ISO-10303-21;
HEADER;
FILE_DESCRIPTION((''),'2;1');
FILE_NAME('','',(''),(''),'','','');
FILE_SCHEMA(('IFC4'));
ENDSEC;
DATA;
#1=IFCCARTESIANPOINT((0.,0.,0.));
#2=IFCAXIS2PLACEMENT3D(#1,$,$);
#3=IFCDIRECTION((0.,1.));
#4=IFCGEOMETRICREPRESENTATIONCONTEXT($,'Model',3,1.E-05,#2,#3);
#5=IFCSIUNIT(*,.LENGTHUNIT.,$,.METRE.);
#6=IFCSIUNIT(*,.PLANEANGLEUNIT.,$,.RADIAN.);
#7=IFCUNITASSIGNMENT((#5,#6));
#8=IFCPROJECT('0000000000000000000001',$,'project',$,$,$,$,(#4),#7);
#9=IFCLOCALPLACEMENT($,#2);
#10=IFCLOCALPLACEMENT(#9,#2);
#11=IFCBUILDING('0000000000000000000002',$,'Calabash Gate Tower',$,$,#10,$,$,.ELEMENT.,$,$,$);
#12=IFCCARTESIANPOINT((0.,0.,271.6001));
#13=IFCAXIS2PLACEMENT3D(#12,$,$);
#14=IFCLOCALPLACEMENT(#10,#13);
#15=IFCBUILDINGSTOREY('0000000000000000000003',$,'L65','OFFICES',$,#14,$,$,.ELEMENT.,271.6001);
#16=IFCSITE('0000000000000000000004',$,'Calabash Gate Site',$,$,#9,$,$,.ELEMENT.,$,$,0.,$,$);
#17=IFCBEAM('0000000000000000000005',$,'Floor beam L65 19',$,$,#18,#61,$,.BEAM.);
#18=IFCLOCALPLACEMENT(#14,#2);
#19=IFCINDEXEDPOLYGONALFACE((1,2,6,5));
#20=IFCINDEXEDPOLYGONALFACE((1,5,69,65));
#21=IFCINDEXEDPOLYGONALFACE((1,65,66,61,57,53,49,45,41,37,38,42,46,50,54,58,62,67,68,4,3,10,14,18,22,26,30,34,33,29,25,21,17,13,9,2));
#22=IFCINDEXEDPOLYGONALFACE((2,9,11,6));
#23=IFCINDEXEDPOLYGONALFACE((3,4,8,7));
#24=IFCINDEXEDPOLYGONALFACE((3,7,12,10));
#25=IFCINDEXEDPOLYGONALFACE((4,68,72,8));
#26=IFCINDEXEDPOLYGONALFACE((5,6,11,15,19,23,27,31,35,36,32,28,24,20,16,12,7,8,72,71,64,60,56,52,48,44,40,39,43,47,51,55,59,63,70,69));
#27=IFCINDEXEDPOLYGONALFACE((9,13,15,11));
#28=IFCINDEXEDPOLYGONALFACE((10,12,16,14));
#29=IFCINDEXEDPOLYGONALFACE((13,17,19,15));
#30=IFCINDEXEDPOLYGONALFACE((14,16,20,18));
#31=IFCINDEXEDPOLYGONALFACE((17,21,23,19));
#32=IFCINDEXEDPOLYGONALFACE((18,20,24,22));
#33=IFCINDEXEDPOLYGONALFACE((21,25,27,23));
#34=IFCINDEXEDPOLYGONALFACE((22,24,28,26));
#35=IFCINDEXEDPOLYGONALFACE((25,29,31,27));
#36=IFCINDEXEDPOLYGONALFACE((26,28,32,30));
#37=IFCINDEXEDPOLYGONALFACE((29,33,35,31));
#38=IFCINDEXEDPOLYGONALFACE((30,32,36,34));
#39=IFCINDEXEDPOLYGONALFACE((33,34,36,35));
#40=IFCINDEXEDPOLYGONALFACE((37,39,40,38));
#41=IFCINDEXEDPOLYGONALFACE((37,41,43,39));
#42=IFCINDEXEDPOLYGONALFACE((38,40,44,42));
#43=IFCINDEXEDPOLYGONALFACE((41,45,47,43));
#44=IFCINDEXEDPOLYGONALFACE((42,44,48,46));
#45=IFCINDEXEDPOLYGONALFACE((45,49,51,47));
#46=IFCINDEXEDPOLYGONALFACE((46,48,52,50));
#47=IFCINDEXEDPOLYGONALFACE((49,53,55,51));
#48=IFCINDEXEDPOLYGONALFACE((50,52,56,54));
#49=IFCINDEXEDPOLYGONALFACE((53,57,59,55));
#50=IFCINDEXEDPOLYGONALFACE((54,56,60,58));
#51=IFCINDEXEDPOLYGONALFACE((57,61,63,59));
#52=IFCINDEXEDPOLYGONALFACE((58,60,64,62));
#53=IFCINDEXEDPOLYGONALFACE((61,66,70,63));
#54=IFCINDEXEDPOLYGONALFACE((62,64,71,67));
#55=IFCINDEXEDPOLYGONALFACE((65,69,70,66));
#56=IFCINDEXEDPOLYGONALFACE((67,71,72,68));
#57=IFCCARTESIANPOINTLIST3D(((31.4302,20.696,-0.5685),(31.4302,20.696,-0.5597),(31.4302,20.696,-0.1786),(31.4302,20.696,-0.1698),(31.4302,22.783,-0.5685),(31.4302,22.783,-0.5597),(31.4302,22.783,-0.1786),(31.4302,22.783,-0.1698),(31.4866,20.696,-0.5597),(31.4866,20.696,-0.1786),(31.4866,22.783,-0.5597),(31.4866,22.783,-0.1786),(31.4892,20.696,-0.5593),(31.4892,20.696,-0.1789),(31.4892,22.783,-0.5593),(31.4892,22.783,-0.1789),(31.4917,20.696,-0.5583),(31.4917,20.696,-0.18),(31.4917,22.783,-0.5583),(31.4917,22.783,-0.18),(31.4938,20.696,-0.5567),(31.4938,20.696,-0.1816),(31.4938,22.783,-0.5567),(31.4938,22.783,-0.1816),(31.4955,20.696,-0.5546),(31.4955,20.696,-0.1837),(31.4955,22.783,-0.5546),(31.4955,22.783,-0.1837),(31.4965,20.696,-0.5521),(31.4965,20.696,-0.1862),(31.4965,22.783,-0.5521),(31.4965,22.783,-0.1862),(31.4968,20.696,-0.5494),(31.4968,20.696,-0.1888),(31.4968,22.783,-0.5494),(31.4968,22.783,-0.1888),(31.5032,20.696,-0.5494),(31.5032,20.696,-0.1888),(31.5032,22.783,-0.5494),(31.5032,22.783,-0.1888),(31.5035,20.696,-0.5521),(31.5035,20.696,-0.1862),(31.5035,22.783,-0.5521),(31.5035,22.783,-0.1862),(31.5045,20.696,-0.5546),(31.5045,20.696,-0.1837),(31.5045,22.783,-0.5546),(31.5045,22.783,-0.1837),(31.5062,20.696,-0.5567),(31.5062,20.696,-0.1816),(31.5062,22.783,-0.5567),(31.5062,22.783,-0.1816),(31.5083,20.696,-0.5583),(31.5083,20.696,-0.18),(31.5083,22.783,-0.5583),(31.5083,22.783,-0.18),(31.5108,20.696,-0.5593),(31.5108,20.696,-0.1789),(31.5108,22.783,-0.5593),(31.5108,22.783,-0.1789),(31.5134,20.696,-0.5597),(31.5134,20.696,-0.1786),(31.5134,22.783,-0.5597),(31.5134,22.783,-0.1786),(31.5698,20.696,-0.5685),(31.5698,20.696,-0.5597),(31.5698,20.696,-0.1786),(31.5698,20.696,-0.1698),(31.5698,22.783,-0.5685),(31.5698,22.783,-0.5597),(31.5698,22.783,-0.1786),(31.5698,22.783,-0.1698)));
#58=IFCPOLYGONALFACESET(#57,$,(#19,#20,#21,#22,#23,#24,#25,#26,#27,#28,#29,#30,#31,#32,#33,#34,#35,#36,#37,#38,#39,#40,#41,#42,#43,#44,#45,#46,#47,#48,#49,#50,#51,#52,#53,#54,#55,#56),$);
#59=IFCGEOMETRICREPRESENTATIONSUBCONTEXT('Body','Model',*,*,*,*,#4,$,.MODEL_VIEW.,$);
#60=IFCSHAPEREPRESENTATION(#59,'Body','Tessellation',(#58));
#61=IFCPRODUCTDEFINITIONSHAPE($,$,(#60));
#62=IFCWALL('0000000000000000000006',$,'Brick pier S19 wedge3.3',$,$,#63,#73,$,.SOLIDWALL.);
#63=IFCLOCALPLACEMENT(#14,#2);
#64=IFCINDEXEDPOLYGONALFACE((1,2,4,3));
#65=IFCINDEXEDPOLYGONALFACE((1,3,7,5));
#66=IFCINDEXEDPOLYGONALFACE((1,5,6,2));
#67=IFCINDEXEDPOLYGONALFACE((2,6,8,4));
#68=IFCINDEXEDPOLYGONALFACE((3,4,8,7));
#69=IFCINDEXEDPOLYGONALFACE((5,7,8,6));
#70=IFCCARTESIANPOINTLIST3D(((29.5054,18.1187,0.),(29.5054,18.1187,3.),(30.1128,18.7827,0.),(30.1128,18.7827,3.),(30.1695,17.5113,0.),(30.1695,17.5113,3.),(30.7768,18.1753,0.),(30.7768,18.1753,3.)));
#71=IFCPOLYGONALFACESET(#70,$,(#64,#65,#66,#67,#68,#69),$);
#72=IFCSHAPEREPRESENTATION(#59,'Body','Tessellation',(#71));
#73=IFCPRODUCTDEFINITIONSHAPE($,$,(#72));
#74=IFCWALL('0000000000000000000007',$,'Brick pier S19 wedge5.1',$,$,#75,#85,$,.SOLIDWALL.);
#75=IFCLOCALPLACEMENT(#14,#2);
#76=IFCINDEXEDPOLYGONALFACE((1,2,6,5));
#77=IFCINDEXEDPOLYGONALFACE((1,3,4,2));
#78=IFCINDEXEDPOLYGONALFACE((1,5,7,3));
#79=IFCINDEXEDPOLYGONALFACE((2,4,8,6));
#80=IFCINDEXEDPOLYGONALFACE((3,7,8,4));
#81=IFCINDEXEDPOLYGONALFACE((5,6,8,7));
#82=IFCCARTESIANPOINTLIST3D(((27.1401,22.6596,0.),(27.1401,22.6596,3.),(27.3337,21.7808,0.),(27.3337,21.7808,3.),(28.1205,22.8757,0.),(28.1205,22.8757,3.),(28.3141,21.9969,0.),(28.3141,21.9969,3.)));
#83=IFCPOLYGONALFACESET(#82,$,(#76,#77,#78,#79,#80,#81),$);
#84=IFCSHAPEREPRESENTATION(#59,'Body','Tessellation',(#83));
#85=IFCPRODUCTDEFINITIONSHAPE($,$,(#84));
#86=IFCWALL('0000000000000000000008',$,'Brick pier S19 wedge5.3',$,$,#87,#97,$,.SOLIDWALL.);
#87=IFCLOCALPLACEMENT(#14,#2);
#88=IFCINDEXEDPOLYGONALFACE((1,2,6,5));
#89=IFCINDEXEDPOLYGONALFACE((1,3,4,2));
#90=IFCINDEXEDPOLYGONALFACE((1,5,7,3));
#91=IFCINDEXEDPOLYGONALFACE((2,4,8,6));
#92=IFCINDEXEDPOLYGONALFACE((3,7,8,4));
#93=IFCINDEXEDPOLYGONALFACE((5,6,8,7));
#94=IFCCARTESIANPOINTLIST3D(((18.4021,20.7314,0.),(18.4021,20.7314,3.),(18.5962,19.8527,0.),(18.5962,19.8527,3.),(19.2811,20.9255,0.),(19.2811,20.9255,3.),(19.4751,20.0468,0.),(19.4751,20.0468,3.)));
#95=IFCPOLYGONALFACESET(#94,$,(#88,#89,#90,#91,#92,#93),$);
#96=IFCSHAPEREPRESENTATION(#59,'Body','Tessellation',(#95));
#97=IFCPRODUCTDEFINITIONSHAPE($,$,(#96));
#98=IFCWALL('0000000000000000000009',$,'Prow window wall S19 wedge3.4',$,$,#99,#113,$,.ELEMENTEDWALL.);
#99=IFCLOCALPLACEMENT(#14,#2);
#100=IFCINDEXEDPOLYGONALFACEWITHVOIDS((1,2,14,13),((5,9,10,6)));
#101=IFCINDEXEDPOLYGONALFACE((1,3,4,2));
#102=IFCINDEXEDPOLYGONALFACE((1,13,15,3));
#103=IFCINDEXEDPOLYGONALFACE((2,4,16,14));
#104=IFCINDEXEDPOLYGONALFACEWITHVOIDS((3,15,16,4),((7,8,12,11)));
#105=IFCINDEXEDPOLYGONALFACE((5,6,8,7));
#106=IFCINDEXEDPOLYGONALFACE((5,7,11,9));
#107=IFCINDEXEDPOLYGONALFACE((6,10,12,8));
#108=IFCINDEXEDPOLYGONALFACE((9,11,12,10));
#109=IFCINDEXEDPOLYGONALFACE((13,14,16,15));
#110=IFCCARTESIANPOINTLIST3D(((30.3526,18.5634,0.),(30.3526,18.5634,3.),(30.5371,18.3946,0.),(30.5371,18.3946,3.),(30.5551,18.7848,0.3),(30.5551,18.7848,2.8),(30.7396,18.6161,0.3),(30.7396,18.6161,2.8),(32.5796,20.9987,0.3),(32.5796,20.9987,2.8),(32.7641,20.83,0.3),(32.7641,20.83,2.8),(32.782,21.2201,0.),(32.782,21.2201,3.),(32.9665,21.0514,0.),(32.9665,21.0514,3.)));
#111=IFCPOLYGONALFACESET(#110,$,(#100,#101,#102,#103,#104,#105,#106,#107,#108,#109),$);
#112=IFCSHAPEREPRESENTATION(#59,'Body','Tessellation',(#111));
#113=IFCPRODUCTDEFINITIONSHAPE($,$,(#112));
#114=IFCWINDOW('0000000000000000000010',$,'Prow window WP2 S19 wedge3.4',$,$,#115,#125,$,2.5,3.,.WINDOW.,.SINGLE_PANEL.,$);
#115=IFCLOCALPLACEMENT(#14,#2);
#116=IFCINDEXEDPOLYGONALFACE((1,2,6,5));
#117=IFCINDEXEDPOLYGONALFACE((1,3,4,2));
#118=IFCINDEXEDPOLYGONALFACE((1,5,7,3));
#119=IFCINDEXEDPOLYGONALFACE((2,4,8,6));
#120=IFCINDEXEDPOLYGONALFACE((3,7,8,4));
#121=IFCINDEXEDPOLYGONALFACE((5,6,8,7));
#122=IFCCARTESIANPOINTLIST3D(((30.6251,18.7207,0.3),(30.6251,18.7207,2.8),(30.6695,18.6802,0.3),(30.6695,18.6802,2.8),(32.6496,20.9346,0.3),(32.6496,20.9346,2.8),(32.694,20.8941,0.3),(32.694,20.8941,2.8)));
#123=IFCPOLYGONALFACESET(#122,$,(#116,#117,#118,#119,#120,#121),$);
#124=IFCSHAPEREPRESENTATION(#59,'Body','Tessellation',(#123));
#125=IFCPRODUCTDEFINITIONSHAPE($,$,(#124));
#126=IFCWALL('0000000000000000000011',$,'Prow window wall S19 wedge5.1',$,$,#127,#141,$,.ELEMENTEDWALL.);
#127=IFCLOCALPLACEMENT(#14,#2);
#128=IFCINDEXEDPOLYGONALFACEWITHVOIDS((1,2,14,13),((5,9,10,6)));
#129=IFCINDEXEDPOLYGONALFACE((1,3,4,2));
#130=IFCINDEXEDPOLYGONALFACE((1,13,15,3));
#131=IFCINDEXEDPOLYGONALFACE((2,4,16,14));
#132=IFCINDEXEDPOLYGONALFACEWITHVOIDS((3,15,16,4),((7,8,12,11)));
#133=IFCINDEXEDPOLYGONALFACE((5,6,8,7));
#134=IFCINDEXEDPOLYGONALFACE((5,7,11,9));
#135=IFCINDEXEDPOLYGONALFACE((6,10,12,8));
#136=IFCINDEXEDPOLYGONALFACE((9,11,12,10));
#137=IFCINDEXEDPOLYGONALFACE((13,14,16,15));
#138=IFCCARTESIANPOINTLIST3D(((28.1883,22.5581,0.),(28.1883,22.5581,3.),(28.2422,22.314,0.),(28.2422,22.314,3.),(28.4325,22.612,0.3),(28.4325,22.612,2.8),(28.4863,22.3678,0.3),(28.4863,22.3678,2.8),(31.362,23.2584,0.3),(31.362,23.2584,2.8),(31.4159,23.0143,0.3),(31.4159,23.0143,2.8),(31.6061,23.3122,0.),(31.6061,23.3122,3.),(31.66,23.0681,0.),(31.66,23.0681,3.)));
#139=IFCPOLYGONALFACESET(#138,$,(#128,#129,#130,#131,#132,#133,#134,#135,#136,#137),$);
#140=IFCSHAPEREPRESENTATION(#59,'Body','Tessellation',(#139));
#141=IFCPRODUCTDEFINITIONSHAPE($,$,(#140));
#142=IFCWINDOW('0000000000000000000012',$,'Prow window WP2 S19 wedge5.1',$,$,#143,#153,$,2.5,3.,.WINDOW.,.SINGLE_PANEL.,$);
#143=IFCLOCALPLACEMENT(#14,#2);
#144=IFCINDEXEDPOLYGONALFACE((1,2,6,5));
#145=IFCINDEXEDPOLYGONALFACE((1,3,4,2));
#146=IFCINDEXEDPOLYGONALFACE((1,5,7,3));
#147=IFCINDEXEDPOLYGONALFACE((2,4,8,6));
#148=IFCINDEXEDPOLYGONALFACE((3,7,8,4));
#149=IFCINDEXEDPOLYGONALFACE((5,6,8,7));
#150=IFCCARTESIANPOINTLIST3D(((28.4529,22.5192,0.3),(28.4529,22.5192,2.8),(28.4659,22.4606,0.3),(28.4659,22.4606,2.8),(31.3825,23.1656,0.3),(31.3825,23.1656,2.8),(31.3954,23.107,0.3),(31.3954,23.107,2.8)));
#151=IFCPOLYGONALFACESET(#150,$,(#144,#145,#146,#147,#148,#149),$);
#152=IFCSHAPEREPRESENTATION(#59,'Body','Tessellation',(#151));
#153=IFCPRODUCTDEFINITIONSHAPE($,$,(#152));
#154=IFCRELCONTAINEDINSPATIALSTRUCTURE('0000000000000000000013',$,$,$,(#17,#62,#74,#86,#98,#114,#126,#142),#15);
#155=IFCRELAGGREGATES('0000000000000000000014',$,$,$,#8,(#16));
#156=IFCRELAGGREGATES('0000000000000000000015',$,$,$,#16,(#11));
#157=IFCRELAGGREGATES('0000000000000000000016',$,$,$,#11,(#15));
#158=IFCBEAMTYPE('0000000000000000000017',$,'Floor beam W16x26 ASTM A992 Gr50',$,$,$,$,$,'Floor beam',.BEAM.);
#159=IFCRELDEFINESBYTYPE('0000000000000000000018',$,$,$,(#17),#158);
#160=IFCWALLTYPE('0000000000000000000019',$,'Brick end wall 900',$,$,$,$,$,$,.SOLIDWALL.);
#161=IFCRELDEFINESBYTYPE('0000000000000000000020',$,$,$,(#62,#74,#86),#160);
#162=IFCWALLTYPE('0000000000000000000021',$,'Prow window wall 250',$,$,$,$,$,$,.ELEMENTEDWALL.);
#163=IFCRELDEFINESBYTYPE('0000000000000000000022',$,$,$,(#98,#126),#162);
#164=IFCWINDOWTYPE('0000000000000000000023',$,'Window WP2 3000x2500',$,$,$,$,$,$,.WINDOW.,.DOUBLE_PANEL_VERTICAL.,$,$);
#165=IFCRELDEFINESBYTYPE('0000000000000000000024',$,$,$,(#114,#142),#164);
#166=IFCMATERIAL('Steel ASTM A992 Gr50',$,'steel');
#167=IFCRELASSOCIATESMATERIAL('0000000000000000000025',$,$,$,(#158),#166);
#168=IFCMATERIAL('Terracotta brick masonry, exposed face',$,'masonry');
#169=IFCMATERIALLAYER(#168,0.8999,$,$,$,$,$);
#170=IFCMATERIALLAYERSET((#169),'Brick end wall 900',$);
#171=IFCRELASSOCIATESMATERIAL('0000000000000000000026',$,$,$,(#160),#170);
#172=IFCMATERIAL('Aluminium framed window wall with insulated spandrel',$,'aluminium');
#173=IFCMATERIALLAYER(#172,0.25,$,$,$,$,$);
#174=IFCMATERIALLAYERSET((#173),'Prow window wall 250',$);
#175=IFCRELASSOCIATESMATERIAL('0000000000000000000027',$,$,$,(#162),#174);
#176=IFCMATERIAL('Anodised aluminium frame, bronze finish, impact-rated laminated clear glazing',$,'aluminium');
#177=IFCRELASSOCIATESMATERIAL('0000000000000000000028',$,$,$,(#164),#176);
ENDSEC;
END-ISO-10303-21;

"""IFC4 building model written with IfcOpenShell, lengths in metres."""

from ifc_helpers import new_model, si_unit, direction, frame, frame_2d, origin, origin_2d, place, context, subcontext, project, spatial, rectangle, i_section, extrude, material, layer, layer_set, material_profile, profile_set, type_object, element, fill, save


model = new_model("IFC4")

# Units and contexts
model_context = context("Model", 3, precision=1e-05, world=origin(), true_north=direction((0.0, 1.0)))
body_context = subcontext(model_context, "Body", "Model", "MODEL_VIEW")
ifc_project = project(units=[si_unit("LENGTHUNIT", "METRE"), si_unit("PLANEANGLEUNIT", "RADIAN")], contexts=[model_context])

# Site, building, storey
site_placement = place(None, origin())
site = spatial("IfcSite", under=ifc_project, at=site_placement, Name="Calabash Gate Site", CompositionType="ELEMENT", RefElevation=0.0)
building_placement = place(site_placement, origin())
building = spatial("IfcBuilding", under=site, at=building_placement, Name="Calabash Gate Tower", CompositionType="ELEMENT")
storey_placement = place(building_placement, frame((0.0, 0.0, 271.6001)))
storey = spatial("IfcBuildingStorey", under=building, at=storey_placement, Name="L65", Description="OFFICES", CompositionType="ELEMENT", Elevation=271.6001)

# Beam
ifc_material_1 = material(Name="Steel ASTM A992 Gr50", Category="steel")
ifc_material_profile_1 = material_profile(ifc_material_1, i_section(OverallWidth=0.1396, OverallDepth=0.3987, WebThickness=0.0063, FlangeThickness=0.0088, FilletRadius=0.0103, at=origin_2d()))
ifc_profile_set_1 = profile_set([ifc_material_profile_1], Name="Steel ASTM A992 Gr50")
beam_type_1 = type_object("IfcBeamType", Name="Floor beam W16x26 ASTM A992 Gr50", ElementType="Floor beam", PredefinedType="BEAM", material=ifc_profile_set_1)
beam_1_placement = place(storey_placement, frame((31.5, 20.696, -0.3691), z_axis=(0.0, 1.0, 0.0), x_axis=(-1.0, 0.0, 0.0)))
element("IfcBeam", 1, at=beam_1_placement, inside=storey, type_object=beam_type_1, Name="Floor beam L65 19", PredefinedType="BEAM", context=body_context, shape_type="SweptSolid", body=[
    extrude(i_section(OverallWidth=0.1396, OverallDepth=0.3987, WebThickness=0.0063, FlangeThickness=0.0088, FilletRadius=0.0103, at=origin_2d()), origin(), (0.0, 0.0, 1.0), 2.0869),
])

# Walls
ifc_material_2 = material(Name="Terracotta brick masonry, exposed face", Category="masonry")
ifc_layer_1 = layer(ifc_material_2, 0.8999)
ifc_layer_set_1 = layer_set([ifc_layer_1], Name="Brick end wall 900")
wall_type_1 = type_object("IfcWallType", Name="Brick end wall 900", PredefinedType="SOLIDWALL", material=ifc_layer_set_1)
wall_1_placement = place(storey_placement, frame((30.4448, 18.479, 0.0), z_axis=(0.0, 0.0, 1.0), x_axis=(-0.674938, -0.737874, 0.0)))
element("IfcWall", 2, at=wall_1_placement, inside=storey, type_object=wall_type_1, Name="Brick pier S19 wedge3.3", PredefinedType="SOLIDWALL", context=body_context, shape_type="SweptSolid", body=[
    extrude(rectangle(XDim=0.8999, YDim=0.8999, at=frame_2d((0.45, 0.0))), origin(), (0.0, 0.0, 1.0), 3.0),
])
wall_2_placement = place(storey_placement, frame((28.2173, 22.4363, 0.0), z_axis=(0.0, 0.0, 1.0), x_axis=(-0.976569, -0.215205, 0.0)))
element("IfcWall", 3, at=wall_2_placement, inside=storey, type_object=wall_type_1, Name="Brick pier S19 wedge5.1", PredefinedType="SOLIDWALL", context=body_context, shape_type="SweptSolid", body=[
    extrude(rectangle(XDim=1.0039, YDim=0.8999, at=frame_2d((0.502, 0.0))), origin(), (0.0, 0.0, 1.0), 3.0),
])
wall_3_placement = place(storey_placement, frame((18.499, 20.292, 0.0), z_axis=(0.0, 0.0, 1.0), x_axis=(0.976473, 0.215638, 0.0)))
element("IfcWall", 4, at=wall_3_placement, inside=storey, type_object=wall_type_1, Name="Brick pier S19 wedge5.3", PredefinedType="SOLIDWALL", context=body_context, shape_type="SweptSolid", body=[
    extrude(rectangle(XDim=0.9001, YDim=0.8999, at=frame_2d((0.4502, 0.0))), origin(), (0.0, 0.0, 1.0), 3.0),
])

# Walls, openings, windows
ifc_material_3 = material(Name="Aluminium framed window wall with insulated spandrel", Category="aluminium")
ifc_layer_2 = layer(ifc_material_3, 0.25)
ifc_layer_set_2 = layer_set([ifc_layer_2], Name="Prow window wall 250")
wall_type_2 = type_object("IfcWallType", Name="Prow window wall 250", PredefinedType="ELEMENTEDWALL", material=ifc_layer_set_2)
wall_4_placement = place(storey_placement, frame((30.4448, 18.479, 0.0), z_axis=(0.0, 0.0, 1.0), x_axis=(0.674834, 0.73797, 0.0)))
wall_4 = element("IfcWall", 5, at=wall_4_placement, inside=storey, type_object=wall_type_2, Name="Prow window wall S19 wedge3.4", PredefinedType="ELEMENTEDWALL", context=body_context, shape_type="SweptSolid", body=[
    extrude(rectangle(XDim=3.6001, YDim=0.25, at=frame_2d((1.8, 0.0))), origin(), (0.0, 0.0, 1.0), 3.0),
])
opening_1_placement = place(wall_4_placement, frame((0.3, 0.0, 0.3)))
opening_1 = element("IfcOpeningElement", 6, at=opening_1_placement, cuts=wall_4, PredefinedType="OPENING", context=body_context, shape_type="SweptSolid", body=[
    extrude(rectangle(XDim=3.0, YDim=2.5, at=frame_2d((1.5, 1.25))), frame((0.0, 0.135, 0.0), z_axis=(0.0, -1.0, 0.0), x_axis=(1.0, 0.0, 0.0)), (0.0, 0.0, 1.0), 0.27),
])
ifc_material_4 = material(Name="Anodised aluminium frame, bronze finish, impact-rated laminated clear glazing", Category="aluminium")
window_type = type_object("IfcWindowType", Name="Window WP2 3000x2500", PartitioningType="DOUBLE_PANEL_VERTICAL", PredefinedType="WINDOW", material=ifc_material_4)
window_1_placement = place(opening_1_placement, origin())
window_1 = element("IfcWindow", 7, at=window_1_placement, inside=storey, type_object=window_type, Name="Prow window WP2 S19 wedge3.4", OverallHeight=2.5, OverallWidth=3.0, PartitioningType="SINGLE_PANEL", PredefinedType="WINDOW", context=body_context, shape_type="SweptSolid", body=[
    extrude(rectangle(XDim=3.0, YDim=2.5, at=frame_2d((1.5, 1.25))), frame((0.0, 0.03, 0.0), z_axis=(0.0, -1.0, 0.0), x_axis=(1.0, 0.0, 0.0)), (0.0, 0.0, 1.0), 0.0601),
])
fill(opening_1, window_1)
wall_5_placement = place(storey_placement, frame((31.6331, 23.1902, 0.0), z_axis=(0.0, 0.0, 1.0), x_axis=(-0.976509, -0.215475, 0.0)))
wall_5 = element("IfcWall", 8, at=wall_5_placement, inside=storey, type_object=wall_type_2, Name="Prow window wall S19 wedge5.1", PredefinedType="ELEMENTEDWALL", context=body_context, shape_type="SweptSolid", body=[
    extrude(rectangle(XDim=3.5, YDim=0.25, at=frame_2d((1.75, 0.0))), origin(), (0.0, 0.0, 1.0), 3.0),
])
opening_2_placement = place(wall_5_placement, frame((0.25, 0.0, 0.3)))
opening_2 = element("IfcOpeningElement", 9, at=opening_2_placement, cuts=wall_5, PredefinedType="OPENING", context=body_context, shape_type="SweptSolid", body=[
    extrude(rectangle(XDim=3.0, YDim=2.5, at=frame_2d((1.5, 1.25))), frame((0.0, 0.135, 0.0), z_axis=(0.0, -1.0, 0.0), x_axis=(1.0, 0.0, 0.0)), (0.0, 0.0, 1.0), 0.27),
])
window_2_placement = place(opening_2_placement, origin())
window_2 = element("IfcWindow", 10, at=window_2_placement, inside=storey, type_object=window_type, Name="Prow window WP2 S19 wedge5.1", OverallHeight=2.5, OverallWidth=3.0, PartitioningType="SINGLE_PANEL", PredefinedType="WINDOW", context=body_context, shape_type="SweptSolid", body=[
    extrude(rectangle(XDim=3.0, YDim=2.5, at=frame_2d((1.5, 1.25))), frame((0.0, 0.03, 0.0), z_axis=(0.0, -1.0, 0.0), x_axis=(1.0, 0.0, 0.0)), (0.0, 0.0, 1.0), 0.0601),
])
fill(opening_2, window_2)

save(model, "model.ifc")
